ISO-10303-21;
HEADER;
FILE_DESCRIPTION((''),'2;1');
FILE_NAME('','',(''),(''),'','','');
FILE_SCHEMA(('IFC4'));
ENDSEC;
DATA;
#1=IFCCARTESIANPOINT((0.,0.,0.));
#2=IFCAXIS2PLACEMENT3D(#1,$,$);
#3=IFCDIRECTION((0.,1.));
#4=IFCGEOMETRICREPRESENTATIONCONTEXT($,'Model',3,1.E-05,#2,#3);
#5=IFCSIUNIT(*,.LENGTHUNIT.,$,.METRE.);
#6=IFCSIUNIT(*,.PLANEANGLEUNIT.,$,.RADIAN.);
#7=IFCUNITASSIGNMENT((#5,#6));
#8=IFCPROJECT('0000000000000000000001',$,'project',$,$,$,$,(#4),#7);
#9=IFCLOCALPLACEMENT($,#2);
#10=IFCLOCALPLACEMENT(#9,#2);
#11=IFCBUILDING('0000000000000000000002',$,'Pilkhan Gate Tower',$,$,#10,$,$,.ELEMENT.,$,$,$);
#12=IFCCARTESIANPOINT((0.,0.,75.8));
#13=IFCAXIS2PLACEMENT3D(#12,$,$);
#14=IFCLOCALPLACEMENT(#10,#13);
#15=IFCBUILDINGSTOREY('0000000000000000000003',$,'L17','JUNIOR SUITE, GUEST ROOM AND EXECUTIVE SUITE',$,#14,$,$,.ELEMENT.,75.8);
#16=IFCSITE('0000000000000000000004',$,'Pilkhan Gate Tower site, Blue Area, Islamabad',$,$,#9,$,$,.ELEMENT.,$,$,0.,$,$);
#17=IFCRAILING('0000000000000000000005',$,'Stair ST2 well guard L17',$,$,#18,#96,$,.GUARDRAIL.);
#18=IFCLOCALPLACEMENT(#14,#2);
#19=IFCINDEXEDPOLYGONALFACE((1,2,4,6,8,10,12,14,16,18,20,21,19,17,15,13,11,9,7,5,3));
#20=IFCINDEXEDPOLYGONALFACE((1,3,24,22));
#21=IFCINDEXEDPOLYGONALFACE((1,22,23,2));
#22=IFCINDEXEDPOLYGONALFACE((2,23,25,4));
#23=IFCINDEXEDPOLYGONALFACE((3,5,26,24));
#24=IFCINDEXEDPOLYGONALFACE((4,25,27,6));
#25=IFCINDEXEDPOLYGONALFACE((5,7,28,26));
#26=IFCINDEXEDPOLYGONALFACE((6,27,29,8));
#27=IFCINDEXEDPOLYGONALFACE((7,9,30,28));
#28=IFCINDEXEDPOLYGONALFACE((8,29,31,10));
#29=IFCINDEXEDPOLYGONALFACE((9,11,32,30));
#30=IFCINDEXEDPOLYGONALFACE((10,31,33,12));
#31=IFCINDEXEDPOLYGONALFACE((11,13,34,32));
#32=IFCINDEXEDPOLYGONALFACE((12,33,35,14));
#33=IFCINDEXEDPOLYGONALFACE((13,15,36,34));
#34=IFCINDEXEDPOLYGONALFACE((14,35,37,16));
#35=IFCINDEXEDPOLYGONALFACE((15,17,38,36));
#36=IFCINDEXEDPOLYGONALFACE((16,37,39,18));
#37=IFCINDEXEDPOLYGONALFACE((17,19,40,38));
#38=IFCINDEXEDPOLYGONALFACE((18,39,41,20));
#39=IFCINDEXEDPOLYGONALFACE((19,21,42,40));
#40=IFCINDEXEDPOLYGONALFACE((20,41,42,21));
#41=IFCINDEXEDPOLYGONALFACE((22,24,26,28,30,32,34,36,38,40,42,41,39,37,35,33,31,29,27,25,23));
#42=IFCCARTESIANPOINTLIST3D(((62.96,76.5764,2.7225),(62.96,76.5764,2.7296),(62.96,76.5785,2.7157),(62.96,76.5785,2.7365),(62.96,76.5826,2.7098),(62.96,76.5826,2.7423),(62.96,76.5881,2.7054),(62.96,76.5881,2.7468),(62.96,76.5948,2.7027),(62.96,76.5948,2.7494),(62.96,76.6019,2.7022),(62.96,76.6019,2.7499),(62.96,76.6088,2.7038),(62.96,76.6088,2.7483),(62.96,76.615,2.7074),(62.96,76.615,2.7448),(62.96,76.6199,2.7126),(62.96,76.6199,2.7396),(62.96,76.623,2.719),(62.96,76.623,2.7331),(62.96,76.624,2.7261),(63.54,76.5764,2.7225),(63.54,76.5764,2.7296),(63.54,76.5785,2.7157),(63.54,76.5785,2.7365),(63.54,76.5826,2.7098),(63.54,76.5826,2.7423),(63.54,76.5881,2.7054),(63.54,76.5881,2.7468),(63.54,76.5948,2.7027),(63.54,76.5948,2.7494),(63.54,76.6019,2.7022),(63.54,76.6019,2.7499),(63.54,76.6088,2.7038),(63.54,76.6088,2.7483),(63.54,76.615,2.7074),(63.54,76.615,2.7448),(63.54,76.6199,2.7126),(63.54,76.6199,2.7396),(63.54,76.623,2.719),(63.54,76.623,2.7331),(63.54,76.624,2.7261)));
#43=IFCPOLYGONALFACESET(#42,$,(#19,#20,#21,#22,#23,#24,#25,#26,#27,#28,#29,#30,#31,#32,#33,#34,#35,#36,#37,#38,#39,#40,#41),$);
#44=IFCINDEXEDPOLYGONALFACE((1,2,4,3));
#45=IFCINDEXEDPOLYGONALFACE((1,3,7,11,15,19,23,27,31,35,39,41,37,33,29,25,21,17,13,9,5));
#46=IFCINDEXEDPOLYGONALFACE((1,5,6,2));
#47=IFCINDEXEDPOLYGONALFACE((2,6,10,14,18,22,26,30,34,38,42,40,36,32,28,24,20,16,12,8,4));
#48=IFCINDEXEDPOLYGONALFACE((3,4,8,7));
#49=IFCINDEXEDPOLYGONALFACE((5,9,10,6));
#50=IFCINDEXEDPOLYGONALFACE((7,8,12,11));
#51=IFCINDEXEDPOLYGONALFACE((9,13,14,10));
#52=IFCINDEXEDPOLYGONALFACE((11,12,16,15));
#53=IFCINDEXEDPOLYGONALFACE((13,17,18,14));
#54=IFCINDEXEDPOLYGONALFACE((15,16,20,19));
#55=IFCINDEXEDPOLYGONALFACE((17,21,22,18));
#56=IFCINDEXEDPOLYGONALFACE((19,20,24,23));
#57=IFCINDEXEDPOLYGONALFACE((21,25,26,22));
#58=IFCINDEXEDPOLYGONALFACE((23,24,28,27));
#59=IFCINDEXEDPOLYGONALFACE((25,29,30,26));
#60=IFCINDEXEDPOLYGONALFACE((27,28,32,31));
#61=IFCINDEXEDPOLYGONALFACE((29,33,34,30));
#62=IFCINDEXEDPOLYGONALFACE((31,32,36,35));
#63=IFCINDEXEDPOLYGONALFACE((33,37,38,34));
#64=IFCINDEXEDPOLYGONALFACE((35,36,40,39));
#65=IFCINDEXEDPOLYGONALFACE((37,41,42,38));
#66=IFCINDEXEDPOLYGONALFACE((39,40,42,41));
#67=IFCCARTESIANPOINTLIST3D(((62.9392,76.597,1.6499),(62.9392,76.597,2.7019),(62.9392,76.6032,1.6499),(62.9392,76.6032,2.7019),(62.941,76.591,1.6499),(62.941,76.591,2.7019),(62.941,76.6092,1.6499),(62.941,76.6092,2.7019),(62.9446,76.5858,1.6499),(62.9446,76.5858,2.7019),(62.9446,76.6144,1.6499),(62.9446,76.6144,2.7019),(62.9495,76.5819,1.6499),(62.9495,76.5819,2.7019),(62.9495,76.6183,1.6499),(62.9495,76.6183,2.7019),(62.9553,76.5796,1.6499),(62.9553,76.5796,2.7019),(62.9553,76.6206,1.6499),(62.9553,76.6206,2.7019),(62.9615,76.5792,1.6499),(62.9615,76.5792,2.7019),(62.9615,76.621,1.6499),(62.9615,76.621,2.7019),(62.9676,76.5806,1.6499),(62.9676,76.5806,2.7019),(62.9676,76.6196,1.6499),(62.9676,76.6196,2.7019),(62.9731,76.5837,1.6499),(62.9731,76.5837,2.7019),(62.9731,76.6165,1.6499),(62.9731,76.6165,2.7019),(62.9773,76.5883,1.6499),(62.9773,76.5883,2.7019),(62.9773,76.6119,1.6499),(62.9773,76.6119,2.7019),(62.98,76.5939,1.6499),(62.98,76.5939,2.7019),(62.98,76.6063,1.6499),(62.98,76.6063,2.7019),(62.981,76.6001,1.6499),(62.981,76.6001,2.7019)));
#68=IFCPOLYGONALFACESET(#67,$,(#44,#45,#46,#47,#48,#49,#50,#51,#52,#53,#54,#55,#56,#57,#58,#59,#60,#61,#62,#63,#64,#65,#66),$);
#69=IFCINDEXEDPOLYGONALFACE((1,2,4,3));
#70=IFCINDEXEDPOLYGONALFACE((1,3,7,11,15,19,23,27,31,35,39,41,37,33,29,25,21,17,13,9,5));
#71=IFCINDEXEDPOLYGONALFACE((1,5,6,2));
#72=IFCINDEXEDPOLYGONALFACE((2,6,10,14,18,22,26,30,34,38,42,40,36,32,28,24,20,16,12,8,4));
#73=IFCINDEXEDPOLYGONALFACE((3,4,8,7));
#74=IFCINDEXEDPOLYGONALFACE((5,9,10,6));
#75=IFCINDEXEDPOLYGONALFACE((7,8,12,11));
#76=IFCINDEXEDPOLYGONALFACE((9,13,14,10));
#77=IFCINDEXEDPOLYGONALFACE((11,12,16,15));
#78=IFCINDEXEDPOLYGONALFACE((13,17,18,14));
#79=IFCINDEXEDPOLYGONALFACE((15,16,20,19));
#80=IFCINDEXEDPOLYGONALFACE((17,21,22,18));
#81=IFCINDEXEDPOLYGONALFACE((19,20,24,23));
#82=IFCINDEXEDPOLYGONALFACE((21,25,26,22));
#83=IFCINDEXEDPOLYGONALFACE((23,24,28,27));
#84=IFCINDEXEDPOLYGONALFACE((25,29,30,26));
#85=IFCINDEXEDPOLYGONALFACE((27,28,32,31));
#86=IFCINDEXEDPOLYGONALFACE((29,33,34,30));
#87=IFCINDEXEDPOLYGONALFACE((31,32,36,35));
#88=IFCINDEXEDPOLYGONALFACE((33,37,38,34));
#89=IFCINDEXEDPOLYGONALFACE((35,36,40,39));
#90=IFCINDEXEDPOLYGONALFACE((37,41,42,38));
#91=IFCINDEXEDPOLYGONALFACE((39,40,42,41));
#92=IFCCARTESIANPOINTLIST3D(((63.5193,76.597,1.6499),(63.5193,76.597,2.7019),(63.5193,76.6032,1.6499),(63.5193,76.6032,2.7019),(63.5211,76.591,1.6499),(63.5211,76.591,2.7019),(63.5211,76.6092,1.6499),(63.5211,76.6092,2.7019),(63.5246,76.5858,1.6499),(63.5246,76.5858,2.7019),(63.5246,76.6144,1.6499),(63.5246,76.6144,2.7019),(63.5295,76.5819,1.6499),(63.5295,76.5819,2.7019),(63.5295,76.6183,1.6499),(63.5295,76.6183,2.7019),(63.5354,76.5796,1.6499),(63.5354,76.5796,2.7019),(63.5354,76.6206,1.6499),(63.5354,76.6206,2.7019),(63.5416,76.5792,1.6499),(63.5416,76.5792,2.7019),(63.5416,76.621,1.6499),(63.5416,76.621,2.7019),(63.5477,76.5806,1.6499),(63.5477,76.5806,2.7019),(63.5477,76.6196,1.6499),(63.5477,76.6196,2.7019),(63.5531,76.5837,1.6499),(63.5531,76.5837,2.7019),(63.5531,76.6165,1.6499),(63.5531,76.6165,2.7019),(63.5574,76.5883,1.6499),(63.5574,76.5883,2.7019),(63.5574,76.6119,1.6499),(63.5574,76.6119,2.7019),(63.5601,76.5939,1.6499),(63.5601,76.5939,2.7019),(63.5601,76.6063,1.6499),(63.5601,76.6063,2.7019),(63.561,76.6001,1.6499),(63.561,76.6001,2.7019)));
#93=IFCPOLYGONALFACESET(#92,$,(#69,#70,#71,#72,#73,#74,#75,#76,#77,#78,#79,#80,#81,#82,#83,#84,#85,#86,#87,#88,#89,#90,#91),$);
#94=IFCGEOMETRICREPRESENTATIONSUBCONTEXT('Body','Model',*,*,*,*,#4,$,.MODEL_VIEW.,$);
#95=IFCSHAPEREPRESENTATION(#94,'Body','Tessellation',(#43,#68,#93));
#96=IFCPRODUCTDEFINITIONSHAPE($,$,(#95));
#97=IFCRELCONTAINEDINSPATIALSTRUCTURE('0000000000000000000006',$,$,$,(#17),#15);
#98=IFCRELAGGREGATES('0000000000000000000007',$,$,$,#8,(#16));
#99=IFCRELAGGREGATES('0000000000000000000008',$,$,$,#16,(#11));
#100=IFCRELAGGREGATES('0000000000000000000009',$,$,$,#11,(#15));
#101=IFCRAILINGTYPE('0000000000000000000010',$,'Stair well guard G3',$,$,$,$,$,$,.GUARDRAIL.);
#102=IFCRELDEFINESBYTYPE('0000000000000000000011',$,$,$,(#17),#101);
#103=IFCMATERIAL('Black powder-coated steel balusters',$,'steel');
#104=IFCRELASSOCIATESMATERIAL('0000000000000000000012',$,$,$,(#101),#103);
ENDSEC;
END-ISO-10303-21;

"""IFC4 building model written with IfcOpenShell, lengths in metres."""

from ifc_helpers import new_model, si_unit, direction, frame, origin, origin_2d, place, context, subcontext, project, spatial, circle, extrude, material, type_object, element, save


model = new_model("IFC4")

# Units and contexts
model_context = context("Model", 3, precision=1e-05, world=origin(), true_north=direction((0.0, 1.0)))
body_context = subcontext(model_context, "Body", "Model", "MODEL_VIEW")
ifc_project = project(units=[si_unit("LENGTHUNIT", "METRE"), si_unit("PLANEANGLEUNIT", "RADIAN")], contexts=[model_context])

# Site, building, storey
site_placement = place(None, origin())
site = spatial("IfcSite", under=ifc_project, at=site_placement, Name="Pilkhan Gate Tower site, Blue Area, Islamabad", CompositionType="ELEMENT", RefElevation=0.0)
building_placement = place(site_placement, origin())
building = spatial("IfcBuilding", under=site, at=building_placement, Name="Pilkhan Gate Tower", CompositionType="ELEMENT")
storey_placement = place(building_placement, frame((0.0, 0.0, 75.8)))
storey = spatial("IfcBuildingStorey", under=building, at=storey_placement, Name="L17", Description="JUNIOR SUITE, GUEST ROOM AND EXECUTIVE SUITE", CompositionType="ELEMENT", Elevation=75.8)

# Railing
ifc_material_1 = material(Name="Black powder-coated steel balusters", Category="steel")
railing_type_1 = type_object("IfcRailingType", Name="Stair well guard G3", PredefinedType="GUARDRAIL", material=ifc_material_1)
for number, where, name in (
    (1, (62.96, 76.6001, 1.6499), "Stair ST2 well guard L17"),
):
    element("IfcRailing", number, at=place(storey_placement, frame(where)), inside=storey, type_object=railing_type_1, Name=name, PredefinedType="GUARDRAIL", context=body_context, shape_type="SweptSolid", body=[
        extrude(circle(Radius=0.0239, at=origin_2d()), frame((0.0, 0.0, 1.0762), z_axis=(1.0, 0.0, 0.0), x_axis=(0.0, 1.0, 0.0)), (0.0, 0.0, 1.0), 0.5801),
        extrude(circle(Radius=0.021, at=origin_2d()), origin(), (0.0, 0.0, 1.0), 1.052),
        extrude(circle(Radius=0.021, at=origin_2d()), frame((0.5801, 0.0, 0.0)), (0.0, 0.0, 1.0), 1.052),
    ])

save(model, "model.ifc")
